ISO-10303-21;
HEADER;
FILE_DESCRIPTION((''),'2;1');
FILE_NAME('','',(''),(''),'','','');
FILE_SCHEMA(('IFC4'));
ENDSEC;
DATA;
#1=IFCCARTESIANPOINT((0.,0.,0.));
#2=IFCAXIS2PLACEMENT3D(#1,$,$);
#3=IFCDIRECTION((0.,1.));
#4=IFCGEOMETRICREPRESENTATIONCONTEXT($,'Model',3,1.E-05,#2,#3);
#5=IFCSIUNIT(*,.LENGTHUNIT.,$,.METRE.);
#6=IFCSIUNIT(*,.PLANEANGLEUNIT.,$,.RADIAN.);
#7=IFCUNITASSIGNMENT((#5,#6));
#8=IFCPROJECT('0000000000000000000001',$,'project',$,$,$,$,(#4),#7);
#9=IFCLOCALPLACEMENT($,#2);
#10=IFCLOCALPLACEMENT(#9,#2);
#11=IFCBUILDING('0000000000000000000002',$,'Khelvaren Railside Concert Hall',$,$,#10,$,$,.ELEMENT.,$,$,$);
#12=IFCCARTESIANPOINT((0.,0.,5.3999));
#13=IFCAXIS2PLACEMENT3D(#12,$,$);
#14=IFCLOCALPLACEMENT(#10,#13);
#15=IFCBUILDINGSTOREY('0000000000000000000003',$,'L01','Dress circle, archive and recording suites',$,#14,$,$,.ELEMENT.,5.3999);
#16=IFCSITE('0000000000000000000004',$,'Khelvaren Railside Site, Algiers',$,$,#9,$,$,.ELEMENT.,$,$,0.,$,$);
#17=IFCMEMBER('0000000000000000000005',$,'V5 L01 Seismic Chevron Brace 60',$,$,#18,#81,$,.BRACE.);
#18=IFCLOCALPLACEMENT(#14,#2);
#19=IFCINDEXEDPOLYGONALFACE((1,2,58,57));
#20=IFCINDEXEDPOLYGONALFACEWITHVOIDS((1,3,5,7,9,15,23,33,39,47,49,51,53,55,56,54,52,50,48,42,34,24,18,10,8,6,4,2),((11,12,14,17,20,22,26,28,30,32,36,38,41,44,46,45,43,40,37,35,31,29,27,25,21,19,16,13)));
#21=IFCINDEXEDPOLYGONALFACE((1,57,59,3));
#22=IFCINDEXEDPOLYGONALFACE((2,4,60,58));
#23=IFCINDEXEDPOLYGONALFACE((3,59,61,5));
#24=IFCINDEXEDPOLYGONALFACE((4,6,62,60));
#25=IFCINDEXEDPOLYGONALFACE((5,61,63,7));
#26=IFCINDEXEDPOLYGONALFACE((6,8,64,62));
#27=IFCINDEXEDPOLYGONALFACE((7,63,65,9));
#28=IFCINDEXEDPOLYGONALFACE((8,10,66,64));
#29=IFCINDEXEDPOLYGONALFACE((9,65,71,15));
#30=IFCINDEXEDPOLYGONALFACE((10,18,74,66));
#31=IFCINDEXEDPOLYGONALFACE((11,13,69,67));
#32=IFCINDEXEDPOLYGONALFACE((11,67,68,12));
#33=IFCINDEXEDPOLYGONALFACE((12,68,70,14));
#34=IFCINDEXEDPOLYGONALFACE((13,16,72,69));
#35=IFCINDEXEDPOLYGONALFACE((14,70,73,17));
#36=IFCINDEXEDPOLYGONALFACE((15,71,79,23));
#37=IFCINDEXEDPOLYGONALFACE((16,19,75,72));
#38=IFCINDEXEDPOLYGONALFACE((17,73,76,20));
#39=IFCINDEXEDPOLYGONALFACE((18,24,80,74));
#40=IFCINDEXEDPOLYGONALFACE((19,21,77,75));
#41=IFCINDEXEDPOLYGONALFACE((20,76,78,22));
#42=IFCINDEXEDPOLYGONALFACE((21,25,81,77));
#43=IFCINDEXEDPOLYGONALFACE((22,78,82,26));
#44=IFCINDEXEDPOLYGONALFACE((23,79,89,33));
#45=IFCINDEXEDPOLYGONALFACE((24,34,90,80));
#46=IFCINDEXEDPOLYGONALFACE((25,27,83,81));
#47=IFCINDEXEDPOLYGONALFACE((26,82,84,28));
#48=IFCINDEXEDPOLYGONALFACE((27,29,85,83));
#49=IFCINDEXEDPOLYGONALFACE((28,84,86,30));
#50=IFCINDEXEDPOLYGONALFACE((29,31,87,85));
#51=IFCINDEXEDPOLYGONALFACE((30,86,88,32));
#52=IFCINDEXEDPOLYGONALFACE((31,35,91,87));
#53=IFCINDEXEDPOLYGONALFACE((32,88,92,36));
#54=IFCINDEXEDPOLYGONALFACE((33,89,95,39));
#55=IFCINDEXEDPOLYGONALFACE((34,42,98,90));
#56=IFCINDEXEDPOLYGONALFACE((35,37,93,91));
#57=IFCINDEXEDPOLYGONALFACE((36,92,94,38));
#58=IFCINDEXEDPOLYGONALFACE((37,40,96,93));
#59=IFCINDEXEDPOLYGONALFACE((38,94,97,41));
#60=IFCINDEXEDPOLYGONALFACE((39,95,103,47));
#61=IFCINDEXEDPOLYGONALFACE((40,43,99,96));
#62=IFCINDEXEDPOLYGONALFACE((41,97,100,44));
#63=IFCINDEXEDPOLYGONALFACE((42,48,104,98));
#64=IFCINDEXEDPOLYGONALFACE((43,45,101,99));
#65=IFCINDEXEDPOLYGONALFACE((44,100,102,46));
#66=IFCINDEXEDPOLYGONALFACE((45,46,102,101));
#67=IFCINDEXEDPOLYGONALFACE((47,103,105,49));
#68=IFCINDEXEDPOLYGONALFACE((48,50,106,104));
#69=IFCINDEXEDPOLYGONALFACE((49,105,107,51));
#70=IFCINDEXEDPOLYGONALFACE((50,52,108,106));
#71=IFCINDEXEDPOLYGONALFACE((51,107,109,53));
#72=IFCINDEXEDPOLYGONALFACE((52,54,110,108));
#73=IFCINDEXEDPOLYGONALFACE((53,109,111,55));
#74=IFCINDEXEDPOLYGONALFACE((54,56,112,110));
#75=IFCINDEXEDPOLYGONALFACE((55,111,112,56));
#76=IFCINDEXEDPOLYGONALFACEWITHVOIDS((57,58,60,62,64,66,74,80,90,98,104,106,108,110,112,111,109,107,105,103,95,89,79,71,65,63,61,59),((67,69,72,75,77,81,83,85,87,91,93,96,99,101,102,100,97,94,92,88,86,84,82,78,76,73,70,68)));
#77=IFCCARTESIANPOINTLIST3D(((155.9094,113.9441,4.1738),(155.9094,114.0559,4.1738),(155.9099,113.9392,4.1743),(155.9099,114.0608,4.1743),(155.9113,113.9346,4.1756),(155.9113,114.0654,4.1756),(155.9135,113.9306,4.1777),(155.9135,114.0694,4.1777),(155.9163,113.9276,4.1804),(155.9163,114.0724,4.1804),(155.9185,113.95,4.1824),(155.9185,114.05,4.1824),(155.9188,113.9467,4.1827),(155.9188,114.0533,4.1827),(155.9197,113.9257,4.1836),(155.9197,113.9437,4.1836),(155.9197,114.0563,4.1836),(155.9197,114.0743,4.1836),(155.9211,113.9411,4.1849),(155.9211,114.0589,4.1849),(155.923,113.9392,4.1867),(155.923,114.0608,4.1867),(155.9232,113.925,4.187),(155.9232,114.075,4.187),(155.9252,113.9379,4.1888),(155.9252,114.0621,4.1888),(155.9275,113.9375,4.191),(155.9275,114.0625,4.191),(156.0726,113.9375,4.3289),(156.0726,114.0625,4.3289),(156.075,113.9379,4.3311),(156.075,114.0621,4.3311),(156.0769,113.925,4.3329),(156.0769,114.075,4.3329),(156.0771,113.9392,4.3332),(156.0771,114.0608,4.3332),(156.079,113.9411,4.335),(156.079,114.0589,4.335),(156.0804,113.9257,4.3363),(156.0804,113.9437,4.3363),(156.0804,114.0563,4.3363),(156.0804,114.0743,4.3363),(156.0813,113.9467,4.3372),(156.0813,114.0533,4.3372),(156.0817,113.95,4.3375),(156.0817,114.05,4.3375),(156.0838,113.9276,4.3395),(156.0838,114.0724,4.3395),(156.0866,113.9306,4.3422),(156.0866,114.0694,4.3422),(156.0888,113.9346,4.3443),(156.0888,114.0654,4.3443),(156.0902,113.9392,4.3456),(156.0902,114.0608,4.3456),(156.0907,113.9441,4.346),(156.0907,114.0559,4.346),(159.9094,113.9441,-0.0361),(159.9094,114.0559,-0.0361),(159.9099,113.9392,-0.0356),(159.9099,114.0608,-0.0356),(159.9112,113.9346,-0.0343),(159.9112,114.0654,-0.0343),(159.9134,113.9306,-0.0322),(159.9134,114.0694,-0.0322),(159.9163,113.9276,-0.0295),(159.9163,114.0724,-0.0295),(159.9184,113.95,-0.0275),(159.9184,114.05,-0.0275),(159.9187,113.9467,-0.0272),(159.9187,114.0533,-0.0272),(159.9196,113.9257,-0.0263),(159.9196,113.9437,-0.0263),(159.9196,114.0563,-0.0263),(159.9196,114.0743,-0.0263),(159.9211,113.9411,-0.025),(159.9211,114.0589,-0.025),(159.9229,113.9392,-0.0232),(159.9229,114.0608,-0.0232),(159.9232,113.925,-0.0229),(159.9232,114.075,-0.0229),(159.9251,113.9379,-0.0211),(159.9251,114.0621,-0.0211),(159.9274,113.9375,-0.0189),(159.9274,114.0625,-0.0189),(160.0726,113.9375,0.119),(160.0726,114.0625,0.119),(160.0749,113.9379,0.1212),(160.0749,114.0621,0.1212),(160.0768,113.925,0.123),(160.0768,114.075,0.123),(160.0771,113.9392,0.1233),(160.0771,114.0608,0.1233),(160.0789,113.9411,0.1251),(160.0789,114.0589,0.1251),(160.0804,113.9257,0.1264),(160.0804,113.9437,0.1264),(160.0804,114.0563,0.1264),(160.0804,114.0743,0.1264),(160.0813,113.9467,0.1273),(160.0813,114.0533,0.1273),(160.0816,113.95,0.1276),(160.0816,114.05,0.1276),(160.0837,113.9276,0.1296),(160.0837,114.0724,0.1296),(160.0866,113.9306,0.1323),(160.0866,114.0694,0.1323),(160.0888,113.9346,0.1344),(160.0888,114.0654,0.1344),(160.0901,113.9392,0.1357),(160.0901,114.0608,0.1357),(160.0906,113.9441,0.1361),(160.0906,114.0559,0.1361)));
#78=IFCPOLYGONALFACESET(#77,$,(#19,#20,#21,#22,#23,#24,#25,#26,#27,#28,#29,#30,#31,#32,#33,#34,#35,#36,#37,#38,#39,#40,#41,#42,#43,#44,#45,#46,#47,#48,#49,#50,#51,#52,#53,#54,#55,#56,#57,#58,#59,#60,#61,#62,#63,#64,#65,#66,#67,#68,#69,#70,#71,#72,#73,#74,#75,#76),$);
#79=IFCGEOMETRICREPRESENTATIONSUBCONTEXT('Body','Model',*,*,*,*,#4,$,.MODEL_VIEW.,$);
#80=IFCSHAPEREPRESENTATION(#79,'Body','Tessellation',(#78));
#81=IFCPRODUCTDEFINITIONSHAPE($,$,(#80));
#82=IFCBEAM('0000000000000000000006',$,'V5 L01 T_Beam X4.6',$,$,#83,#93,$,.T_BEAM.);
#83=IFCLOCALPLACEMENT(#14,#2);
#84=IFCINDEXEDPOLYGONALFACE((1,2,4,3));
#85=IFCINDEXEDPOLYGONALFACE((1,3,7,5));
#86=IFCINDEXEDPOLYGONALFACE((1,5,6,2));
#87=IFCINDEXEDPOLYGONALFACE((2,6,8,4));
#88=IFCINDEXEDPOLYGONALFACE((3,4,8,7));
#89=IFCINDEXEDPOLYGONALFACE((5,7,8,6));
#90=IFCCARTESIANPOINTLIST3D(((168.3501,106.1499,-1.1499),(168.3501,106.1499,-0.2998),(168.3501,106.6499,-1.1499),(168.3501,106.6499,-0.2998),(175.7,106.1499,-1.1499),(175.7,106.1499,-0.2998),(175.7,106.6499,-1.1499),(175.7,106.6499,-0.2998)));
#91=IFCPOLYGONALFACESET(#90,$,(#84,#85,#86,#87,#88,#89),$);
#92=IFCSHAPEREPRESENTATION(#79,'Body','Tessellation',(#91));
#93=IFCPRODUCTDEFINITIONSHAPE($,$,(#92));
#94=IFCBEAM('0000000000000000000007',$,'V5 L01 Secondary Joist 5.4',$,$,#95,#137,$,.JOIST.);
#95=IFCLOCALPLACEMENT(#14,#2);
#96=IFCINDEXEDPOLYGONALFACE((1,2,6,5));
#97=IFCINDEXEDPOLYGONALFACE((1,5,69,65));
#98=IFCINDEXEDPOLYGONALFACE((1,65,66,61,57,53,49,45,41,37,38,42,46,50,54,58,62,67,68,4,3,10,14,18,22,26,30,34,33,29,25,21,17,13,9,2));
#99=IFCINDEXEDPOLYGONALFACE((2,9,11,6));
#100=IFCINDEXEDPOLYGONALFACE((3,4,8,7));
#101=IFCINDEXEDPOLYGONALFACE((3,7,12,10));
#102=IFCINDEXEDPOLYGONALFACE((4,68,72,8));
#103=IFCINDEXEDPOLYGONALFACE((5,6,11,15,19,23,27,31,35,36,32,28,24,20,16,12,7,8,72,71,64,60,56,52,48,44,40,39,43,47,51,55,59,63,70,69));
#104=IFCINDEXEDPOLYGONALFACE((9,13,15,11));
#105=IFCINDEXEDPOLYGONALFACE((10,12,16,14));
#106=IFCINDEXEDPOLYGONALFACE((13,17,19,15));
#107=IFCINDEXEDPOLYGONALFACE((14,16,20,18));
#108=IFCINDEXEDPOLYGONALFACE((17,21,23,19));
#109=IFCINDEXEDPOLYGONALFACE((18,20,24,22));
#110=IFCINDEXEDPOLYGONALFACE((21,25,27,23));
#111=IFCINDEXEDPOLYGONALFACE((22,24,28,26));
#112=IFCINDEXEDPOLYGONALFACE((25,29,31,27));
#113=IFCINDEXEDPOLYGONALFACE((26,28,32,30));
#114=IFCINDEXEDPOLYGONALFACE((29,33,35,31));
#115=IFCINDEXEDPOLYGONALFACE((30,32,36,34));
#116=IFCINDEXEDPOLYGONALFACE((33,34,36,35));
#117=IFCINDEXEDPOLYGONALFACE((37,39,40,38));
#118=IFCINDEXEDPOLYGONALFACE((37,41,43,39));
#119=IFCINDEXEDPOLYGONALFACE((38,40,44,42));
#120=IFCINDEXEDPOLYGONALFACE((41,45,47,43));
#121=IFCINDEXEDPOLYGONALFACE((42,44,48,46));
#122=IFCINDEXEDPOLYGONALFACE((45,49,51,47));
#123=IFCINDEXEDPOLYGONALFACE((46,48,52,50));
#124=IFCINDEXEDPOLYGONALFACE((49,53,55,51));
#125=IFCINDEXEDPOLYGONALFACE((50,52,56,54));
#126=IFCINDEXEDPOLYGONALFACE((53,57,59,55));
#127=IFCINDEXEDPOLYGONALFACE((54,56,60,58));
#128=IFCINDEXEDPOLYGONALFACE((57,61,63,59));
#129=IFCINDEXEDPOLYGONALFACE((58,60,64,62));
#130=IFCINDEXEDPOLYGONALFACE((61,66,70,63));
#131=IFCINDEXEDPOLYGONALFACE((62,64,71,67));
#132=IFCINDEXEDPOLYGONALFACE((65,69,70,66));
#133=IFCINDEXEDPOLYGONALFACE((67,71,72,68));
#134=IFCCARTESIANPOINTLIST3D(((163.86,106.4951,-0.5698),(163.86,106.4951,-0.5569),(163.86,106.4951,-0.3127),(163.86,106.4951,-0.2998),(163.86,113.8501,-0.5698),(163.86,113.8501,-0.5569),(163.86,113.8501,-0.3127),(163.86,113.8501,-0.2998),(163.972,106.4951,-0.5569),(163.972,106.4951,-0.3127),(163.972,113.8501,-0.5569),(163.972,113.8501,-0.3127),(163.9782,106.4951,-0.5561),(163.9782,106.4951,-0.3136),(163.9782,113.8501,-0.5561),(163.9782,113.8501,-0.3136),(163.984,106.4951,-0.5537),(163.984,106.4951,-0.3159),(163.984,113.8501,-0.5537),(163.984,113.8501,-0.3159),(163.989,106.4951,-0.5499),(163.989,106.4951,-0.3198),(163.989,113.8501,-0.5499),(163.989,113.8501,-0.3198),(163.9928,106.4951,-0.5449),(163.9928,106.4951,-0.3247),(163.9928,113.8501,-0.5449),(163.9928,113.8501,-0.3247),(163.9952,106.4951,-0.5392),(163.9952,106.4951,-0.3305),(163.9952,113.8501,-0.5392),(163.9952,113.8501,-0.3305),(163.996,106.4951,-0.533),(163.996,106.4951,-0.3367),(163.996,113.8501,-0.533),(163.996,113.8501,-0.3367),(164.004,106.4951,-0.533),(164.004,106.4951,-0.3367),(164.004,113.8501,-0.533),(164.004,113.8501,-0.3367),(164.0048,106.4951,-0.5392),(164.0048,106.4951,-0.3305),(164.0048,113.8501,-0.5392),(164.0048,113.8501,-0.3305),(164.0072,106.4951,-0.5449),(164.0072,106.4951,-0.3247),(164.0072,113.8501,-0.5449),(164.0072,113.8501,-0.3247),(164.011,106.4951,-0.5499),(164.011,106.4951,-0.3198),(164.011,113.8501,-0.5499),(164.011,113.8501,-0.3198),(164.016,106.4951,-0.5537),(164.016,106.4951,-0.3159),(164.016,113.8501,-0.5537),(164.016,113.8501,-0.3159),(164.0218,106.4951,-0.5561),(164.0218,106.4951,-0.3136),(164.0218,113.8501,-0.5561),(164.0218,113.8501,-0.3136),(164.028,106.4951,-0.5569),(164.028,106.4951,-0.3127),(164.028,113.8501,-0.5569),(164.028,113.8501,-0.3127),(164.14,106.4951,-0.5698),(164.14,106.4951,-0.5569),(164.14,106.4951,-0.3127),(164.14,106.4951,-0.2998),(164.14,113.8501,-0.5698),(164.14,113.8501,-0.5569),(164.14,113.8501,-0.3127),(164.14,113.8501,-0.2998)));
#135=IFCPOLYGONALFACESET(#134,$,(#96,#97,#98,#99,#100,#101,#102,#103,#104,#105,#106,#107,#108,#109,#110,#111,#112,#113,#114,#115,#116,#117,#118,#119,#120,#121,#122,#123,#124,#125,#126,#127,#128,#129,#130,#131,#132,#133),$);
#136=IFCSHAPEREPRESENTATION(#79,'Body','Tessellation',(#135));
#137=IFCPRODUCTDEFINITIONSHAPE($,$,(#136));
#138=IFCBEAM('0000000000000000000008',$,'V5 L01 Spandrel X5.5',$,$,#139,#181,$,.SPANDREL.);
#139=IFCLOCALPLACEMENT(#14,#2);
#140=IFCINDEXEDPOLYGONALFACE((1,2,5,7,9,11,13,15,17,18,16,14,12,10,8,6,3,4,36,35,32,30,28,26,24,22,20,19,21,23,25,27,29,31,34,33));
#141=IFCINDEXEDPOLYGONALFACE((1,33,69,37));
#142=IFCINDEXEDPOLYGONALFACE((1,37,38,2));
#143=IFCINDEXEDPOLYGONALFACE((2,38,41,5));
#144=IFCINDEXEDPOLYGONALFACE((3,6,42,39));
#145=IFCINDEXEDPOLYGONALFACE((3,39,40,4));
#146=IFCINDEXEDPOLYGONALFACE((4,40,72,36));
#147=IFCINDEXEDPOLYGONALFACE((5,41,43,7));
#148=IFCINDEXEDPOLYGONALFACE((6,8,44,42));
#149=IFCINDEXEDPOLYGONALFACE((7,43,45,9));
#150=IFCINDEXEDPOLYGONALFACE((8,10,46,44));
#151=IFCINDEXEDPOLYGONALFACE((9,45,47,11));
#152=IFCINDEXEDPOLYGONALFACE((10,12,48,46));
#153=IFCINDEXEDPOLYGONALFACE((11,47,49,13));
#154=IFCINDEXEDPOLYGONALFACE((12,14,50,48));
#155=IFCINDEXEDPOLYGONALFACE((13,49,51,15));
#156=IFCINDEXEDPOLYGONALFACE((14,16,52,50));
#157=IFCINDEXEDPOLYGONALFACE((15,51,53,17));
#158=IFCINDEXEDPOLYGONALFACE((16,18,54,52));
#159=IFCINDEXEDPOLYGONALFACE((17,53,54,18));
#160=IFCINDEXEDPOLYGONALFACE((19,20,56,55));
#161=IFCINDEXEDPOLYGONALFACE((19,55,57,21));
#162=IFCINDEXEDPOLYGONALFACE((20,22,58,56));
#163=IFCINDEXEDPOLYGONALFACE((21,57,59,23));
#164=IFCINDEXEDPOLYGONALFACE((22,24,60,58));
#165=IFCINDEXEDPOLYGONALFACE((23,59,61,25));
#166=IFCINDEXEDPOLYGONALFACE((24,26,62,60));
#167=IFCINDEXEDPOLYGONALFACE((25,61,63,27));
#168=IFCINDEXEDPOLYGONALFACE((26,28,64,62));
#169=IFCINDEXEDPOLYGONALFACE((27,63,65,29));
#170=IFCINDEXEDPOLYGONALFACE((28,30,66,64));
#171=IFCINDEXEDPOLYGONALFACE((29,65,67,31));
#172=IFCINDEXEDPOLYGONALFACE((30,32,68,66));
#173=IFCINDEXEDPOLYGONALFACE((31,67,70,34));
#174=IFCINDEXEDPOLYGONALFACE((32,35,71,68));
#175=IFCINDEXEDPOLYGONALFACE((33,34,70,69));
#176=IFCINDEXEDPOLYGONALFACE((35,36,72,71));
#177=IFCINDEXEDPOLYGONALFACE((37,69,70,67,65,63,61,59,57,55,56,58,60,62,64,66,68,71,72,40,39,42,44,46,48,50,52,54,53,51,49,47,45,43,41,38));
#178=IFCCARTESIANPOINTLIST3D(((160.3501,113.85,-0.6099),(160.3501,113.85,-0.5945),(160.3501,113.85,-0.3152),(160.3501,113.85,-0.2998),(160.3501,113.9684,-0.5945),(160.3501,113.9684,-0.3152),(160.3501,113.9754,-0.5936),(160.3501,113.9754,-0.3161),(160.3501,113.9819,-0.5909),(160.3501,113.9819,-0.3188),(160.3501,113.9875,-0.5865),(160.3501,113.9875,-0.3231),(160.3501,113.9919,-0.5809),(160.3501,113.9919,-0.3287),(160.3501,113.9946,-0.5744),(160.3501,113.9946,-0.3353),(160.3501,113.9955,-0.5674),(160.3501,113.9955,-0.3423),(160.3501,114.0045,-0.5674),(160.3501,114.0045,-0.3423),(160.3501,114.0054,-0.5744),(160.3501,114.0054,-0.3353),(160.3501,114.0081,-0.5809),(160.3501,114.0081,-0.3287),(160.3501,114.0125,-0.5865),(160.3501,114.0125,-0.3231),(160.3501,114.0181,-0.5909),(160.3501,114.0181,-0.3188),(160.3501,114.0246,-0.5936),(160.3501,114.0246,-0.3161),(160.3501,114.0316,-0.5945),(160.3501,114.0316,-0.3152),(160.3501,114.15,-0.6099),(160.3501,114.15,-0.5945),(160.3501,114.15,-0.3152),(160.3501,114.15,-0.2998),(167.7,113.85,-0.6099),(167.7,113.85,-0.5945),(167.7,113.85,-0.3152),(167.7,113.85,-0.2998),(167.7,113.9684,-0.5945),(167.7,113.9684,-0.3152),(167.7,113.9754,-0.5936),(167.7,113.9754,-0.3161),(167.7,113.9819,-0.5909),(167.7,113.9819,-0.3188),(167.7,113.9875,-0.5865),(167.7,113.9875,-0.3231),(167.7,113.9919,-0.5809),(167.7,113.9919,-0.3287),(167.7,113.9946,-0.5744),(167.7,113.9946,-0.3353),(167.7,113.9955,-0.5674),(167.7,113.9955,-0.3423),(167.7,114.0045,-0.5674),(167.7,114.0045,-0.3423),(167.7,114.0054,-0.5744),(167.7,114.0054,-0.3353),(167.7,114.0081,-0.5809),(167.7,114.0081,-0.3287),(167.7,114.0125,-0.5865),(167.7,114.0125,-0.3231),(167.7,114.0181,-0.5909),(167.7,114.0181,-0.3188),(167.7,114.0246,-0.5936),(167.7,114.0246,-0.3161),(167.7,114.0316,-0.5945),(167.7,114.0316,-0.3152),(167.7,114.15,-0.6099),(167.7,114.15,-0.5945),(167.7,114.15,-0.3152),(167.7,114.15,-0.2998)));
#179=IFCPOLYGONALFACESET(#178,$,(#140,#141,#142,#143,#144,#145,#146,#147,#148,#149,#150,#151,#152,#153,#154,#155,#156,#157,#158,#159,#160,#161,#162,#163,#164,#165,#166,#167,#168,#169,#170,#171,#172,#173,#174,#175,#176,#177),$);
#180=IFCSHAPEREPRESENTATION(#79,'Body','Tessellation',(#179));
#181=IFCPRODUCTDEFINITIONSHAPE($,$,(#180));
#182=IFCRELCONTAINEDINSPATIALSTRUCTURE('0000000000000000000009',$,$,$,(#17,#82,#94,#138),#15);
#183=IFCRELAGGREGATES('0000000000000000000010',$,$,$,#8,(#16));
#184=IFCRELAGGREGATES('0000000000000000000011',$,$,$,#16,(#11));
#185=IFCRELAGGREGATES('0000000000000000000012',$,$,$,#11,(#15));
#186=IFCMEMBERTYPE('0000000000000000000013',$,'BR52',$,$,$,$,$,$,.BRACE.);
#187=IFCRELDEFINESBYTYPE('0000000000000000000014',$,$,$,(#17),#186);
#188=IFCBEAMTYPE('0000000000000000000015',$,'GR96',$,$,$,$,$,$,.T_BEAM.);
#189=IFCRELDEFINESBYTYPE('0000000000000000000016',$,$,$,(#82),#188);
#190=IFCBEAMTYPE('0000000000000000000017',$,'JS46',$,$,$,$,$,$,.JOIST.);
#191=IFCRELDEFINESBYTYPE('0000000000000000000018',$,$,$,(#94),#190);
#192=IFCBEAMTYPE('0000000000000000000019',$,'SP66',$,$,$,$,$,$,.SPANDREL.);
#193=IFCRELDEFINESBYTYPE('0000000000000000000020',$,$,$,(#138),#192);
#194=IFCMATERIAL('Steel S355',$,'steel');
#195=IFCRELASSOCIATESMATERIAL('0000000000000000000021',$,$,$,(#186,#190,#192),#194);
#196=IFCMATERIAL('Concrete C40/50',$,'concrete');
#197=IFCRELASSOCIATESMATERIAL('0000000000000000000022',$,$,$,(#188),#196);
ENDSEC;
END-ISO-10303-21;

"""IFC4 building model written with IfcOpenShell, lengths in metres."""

from ifc_helpers import new_model, si_unit, direction, frame, origin, origin_2d, place, context, subcontext, project, spatial, rectangle, hollow_rectangle, i_section, extrude, material, material_profile, profile_set, type_object, element, save


model = new_model("IFC4")

# Units and contexts
model_context = context("Model", 3, precision=1e-05, world=origin(), true_north=direction((0.0, 1.0)))
body_context = subcontext(model_context, "Body", "Model", "MODEL_VIEW")
ifc_project = project(units=[si_unit("LENGTHUNIT", "METRE"), si_unit("PLANEANGLEUNIT", "RADIAN")], contexts=[model_context])

# Site, building, storey
site_placement = place(None, origin())
site = spatial("IfcSite", under=ifc_project, at=site_placement, Name="Khelvaren Railside Site, Algiers", CompositionType="ELEMENT", RefElevation=0.0)
building_placement = place(site_placement, origin())
building = spatial("IfcBuilding", under=site, at=building_placement, Name="Khelvaren Railside Concert Hall", CompositionType="ELEMENT")
storey_placement = place(building_placement, frame((0.0, 0.0, 5.3999)))
storey = spatial("IfcBuildingStorey", under=building, at=storey_placement, Name="L01", Description="Dress circle, archive and recording suites", CompositionType="ELEMENT", Elevation=5.3999)

# Shared definitions
ifc_material_1 = material(Name="Steel S355", Category="steel")

# Member
ifc_material_profile_1 = material_profile(ifc_material_1, hollow_rectangle(XDim=0.1499, YDim=0.25, WallThickness=0.0125, InnerFilletRadius=0.0125, OuterFilletRadius=0.019, at=origin_2d()), Name="RHS 250x150x12.5")
ifc_profile_set_1 = profile_set([ifc_material_profile_1], Name="Steel S355")
member_type = type_object("IfcMemberType", Name="BR52", PredefinedType="BRACE", material=ifc_profile_set_1)
member_placement = place(storey_placement, frame((160.0, 114.0, 0.05), z_axis=(-0.688798, 0.0, 0.724953), x_axis=(0.0, -1.0, 0.0)))
element("IfcMember", 1, at=member_placement, inside=storey, type_object=member_type, Name="V5 L01 Seismic Chevron Brace 60", PredefinedType="BRACE", context=body_context, shape_type="SweptSolid", body=[
    extrude(hollow_rectangle(XDim=0.1499, YDim=0.25, WallThickness=0.0125, InnerFilletRadius=0.0125, OuterFilletRadius=0.019, at=origin_2d()), origin(), (0.0, 0.0, 1.0), 5.8071),
])

# Beams
ifc_material_2 = material(Name="Concrete C40/50", Category="concrete")
ifc_material_profile_2 = material_profile(ifc_material_2, rectangle(XDim=0.5, YDim=0.8501, at=origin_2d()), Name="RCB 500x850")
ifc_profile_set_2 = profile_set([ifc_material_profile_2], Name="Concrete C40/50")
beam_type_1 = type_object("IfcBeamType", Name="GR96", PredefinedType="T_BEAM", material=ifc_profile_set_2)
beam_1_placement = place(storey_placement, frame((168.3501, 106.3999, -0.7249), z_axis=(1.0, 0.0, 0.0), x_axis=(0.0, 1.0, 0.0)))
element("IfcBeam", 2, at=beam_1_placement, inside=storey, type_object=beam_type_1, Name="V5 L01 T_Beam X4.6", PredefinedType="T_BEAM", context=body_context, shape_type="SweptSolid", body=[
    extrude(rectangle(XDim=0.5, YDim=0.8501, at=origin_2d()), origin(), (0.0, 0.0, 1.0), 7.3499),
])
ifc_material_profile_3 = material_profile(ifc_material_1, i_section(OverallWidth=0.28, OverallDepth=0.27, WebThickness=0.0081, FlangeThickness=0.0129, FilletRadius=0.0239, at=origin_2d()), Name="HEA 280")
ifc_profile_set_3 = profile_set([ifc_material_profile_3], Name="Steel S355")
beam_type_2 = type_object("IfcBeamType", Name="JS46", PredefinedType="JOIST", material=ifc_profile_set_3)
beam_2_placement = place(storey_placement, frame((164.0, 106.4951, -0.4348), z_axis=(0.0, 1.0, 0.0), x_axis=(-1.0, 0.0, 0.0)))
element("IfcBeam", 3, at=beam_2_placement, inside=storey, type_object=beam_type_2, Name="V5 L01 Secondary Joist 5.4", PredefinedType="JOIST", context=body_context, shape_type="SweptSolid", body=[
    extrude(i_section(OverallWidth=0.28, OverallDepth=0.27, WebThickness=0.0081, FlangeThickness=0.0129, FilletRadius=0.0239, at=origin_2d()), origin(), (0.0, 0.0, 1.0), 7.355),
])
ifc_material_profile_4 = material_profile(ifc_material_1, i_section(OverallWidth=0.3, OverallDepth=0.3101, WebThickness=0.009, FlangeThickness=0.0154, FilletRadius=0.0271, at=origin_2d()), Name="HEA 320")
ifc_profile_set_4 = profile_set([ifc_material_profile_4], Name="Steel S355")
beam_type_3 = type_object("IfcBeamType", Name="SP66", PredefinedType="SPANDREL", material=ifc_profile_set_4)
beam_3_placement = place(storey_placement, frame((160.3501, 114.0, -0.4548), z_axis=(1.0, 0.0, 0.0), x_axis=(0.0, 1.0, 0.0)))
element("IfcBeam", 4, at=beam_3_placement, inside=storey, type_object=beam_type_3, Name="V5 L01 Spandrel X5.5", PredefinedType="SPANDREL", context=body_context, shape_type="SweptSolid", body=[
    extrude(i_section(OverallWidth=0.3, OverallDepth=0.3101, WebThickness=0.009, FlangeThickness=0.0154, FilletRadius=0.0271, at=origin_2d()), origin(), (0.0, 0.0, 1.0), 7.3499),
])

save(model, "model.ifc")
